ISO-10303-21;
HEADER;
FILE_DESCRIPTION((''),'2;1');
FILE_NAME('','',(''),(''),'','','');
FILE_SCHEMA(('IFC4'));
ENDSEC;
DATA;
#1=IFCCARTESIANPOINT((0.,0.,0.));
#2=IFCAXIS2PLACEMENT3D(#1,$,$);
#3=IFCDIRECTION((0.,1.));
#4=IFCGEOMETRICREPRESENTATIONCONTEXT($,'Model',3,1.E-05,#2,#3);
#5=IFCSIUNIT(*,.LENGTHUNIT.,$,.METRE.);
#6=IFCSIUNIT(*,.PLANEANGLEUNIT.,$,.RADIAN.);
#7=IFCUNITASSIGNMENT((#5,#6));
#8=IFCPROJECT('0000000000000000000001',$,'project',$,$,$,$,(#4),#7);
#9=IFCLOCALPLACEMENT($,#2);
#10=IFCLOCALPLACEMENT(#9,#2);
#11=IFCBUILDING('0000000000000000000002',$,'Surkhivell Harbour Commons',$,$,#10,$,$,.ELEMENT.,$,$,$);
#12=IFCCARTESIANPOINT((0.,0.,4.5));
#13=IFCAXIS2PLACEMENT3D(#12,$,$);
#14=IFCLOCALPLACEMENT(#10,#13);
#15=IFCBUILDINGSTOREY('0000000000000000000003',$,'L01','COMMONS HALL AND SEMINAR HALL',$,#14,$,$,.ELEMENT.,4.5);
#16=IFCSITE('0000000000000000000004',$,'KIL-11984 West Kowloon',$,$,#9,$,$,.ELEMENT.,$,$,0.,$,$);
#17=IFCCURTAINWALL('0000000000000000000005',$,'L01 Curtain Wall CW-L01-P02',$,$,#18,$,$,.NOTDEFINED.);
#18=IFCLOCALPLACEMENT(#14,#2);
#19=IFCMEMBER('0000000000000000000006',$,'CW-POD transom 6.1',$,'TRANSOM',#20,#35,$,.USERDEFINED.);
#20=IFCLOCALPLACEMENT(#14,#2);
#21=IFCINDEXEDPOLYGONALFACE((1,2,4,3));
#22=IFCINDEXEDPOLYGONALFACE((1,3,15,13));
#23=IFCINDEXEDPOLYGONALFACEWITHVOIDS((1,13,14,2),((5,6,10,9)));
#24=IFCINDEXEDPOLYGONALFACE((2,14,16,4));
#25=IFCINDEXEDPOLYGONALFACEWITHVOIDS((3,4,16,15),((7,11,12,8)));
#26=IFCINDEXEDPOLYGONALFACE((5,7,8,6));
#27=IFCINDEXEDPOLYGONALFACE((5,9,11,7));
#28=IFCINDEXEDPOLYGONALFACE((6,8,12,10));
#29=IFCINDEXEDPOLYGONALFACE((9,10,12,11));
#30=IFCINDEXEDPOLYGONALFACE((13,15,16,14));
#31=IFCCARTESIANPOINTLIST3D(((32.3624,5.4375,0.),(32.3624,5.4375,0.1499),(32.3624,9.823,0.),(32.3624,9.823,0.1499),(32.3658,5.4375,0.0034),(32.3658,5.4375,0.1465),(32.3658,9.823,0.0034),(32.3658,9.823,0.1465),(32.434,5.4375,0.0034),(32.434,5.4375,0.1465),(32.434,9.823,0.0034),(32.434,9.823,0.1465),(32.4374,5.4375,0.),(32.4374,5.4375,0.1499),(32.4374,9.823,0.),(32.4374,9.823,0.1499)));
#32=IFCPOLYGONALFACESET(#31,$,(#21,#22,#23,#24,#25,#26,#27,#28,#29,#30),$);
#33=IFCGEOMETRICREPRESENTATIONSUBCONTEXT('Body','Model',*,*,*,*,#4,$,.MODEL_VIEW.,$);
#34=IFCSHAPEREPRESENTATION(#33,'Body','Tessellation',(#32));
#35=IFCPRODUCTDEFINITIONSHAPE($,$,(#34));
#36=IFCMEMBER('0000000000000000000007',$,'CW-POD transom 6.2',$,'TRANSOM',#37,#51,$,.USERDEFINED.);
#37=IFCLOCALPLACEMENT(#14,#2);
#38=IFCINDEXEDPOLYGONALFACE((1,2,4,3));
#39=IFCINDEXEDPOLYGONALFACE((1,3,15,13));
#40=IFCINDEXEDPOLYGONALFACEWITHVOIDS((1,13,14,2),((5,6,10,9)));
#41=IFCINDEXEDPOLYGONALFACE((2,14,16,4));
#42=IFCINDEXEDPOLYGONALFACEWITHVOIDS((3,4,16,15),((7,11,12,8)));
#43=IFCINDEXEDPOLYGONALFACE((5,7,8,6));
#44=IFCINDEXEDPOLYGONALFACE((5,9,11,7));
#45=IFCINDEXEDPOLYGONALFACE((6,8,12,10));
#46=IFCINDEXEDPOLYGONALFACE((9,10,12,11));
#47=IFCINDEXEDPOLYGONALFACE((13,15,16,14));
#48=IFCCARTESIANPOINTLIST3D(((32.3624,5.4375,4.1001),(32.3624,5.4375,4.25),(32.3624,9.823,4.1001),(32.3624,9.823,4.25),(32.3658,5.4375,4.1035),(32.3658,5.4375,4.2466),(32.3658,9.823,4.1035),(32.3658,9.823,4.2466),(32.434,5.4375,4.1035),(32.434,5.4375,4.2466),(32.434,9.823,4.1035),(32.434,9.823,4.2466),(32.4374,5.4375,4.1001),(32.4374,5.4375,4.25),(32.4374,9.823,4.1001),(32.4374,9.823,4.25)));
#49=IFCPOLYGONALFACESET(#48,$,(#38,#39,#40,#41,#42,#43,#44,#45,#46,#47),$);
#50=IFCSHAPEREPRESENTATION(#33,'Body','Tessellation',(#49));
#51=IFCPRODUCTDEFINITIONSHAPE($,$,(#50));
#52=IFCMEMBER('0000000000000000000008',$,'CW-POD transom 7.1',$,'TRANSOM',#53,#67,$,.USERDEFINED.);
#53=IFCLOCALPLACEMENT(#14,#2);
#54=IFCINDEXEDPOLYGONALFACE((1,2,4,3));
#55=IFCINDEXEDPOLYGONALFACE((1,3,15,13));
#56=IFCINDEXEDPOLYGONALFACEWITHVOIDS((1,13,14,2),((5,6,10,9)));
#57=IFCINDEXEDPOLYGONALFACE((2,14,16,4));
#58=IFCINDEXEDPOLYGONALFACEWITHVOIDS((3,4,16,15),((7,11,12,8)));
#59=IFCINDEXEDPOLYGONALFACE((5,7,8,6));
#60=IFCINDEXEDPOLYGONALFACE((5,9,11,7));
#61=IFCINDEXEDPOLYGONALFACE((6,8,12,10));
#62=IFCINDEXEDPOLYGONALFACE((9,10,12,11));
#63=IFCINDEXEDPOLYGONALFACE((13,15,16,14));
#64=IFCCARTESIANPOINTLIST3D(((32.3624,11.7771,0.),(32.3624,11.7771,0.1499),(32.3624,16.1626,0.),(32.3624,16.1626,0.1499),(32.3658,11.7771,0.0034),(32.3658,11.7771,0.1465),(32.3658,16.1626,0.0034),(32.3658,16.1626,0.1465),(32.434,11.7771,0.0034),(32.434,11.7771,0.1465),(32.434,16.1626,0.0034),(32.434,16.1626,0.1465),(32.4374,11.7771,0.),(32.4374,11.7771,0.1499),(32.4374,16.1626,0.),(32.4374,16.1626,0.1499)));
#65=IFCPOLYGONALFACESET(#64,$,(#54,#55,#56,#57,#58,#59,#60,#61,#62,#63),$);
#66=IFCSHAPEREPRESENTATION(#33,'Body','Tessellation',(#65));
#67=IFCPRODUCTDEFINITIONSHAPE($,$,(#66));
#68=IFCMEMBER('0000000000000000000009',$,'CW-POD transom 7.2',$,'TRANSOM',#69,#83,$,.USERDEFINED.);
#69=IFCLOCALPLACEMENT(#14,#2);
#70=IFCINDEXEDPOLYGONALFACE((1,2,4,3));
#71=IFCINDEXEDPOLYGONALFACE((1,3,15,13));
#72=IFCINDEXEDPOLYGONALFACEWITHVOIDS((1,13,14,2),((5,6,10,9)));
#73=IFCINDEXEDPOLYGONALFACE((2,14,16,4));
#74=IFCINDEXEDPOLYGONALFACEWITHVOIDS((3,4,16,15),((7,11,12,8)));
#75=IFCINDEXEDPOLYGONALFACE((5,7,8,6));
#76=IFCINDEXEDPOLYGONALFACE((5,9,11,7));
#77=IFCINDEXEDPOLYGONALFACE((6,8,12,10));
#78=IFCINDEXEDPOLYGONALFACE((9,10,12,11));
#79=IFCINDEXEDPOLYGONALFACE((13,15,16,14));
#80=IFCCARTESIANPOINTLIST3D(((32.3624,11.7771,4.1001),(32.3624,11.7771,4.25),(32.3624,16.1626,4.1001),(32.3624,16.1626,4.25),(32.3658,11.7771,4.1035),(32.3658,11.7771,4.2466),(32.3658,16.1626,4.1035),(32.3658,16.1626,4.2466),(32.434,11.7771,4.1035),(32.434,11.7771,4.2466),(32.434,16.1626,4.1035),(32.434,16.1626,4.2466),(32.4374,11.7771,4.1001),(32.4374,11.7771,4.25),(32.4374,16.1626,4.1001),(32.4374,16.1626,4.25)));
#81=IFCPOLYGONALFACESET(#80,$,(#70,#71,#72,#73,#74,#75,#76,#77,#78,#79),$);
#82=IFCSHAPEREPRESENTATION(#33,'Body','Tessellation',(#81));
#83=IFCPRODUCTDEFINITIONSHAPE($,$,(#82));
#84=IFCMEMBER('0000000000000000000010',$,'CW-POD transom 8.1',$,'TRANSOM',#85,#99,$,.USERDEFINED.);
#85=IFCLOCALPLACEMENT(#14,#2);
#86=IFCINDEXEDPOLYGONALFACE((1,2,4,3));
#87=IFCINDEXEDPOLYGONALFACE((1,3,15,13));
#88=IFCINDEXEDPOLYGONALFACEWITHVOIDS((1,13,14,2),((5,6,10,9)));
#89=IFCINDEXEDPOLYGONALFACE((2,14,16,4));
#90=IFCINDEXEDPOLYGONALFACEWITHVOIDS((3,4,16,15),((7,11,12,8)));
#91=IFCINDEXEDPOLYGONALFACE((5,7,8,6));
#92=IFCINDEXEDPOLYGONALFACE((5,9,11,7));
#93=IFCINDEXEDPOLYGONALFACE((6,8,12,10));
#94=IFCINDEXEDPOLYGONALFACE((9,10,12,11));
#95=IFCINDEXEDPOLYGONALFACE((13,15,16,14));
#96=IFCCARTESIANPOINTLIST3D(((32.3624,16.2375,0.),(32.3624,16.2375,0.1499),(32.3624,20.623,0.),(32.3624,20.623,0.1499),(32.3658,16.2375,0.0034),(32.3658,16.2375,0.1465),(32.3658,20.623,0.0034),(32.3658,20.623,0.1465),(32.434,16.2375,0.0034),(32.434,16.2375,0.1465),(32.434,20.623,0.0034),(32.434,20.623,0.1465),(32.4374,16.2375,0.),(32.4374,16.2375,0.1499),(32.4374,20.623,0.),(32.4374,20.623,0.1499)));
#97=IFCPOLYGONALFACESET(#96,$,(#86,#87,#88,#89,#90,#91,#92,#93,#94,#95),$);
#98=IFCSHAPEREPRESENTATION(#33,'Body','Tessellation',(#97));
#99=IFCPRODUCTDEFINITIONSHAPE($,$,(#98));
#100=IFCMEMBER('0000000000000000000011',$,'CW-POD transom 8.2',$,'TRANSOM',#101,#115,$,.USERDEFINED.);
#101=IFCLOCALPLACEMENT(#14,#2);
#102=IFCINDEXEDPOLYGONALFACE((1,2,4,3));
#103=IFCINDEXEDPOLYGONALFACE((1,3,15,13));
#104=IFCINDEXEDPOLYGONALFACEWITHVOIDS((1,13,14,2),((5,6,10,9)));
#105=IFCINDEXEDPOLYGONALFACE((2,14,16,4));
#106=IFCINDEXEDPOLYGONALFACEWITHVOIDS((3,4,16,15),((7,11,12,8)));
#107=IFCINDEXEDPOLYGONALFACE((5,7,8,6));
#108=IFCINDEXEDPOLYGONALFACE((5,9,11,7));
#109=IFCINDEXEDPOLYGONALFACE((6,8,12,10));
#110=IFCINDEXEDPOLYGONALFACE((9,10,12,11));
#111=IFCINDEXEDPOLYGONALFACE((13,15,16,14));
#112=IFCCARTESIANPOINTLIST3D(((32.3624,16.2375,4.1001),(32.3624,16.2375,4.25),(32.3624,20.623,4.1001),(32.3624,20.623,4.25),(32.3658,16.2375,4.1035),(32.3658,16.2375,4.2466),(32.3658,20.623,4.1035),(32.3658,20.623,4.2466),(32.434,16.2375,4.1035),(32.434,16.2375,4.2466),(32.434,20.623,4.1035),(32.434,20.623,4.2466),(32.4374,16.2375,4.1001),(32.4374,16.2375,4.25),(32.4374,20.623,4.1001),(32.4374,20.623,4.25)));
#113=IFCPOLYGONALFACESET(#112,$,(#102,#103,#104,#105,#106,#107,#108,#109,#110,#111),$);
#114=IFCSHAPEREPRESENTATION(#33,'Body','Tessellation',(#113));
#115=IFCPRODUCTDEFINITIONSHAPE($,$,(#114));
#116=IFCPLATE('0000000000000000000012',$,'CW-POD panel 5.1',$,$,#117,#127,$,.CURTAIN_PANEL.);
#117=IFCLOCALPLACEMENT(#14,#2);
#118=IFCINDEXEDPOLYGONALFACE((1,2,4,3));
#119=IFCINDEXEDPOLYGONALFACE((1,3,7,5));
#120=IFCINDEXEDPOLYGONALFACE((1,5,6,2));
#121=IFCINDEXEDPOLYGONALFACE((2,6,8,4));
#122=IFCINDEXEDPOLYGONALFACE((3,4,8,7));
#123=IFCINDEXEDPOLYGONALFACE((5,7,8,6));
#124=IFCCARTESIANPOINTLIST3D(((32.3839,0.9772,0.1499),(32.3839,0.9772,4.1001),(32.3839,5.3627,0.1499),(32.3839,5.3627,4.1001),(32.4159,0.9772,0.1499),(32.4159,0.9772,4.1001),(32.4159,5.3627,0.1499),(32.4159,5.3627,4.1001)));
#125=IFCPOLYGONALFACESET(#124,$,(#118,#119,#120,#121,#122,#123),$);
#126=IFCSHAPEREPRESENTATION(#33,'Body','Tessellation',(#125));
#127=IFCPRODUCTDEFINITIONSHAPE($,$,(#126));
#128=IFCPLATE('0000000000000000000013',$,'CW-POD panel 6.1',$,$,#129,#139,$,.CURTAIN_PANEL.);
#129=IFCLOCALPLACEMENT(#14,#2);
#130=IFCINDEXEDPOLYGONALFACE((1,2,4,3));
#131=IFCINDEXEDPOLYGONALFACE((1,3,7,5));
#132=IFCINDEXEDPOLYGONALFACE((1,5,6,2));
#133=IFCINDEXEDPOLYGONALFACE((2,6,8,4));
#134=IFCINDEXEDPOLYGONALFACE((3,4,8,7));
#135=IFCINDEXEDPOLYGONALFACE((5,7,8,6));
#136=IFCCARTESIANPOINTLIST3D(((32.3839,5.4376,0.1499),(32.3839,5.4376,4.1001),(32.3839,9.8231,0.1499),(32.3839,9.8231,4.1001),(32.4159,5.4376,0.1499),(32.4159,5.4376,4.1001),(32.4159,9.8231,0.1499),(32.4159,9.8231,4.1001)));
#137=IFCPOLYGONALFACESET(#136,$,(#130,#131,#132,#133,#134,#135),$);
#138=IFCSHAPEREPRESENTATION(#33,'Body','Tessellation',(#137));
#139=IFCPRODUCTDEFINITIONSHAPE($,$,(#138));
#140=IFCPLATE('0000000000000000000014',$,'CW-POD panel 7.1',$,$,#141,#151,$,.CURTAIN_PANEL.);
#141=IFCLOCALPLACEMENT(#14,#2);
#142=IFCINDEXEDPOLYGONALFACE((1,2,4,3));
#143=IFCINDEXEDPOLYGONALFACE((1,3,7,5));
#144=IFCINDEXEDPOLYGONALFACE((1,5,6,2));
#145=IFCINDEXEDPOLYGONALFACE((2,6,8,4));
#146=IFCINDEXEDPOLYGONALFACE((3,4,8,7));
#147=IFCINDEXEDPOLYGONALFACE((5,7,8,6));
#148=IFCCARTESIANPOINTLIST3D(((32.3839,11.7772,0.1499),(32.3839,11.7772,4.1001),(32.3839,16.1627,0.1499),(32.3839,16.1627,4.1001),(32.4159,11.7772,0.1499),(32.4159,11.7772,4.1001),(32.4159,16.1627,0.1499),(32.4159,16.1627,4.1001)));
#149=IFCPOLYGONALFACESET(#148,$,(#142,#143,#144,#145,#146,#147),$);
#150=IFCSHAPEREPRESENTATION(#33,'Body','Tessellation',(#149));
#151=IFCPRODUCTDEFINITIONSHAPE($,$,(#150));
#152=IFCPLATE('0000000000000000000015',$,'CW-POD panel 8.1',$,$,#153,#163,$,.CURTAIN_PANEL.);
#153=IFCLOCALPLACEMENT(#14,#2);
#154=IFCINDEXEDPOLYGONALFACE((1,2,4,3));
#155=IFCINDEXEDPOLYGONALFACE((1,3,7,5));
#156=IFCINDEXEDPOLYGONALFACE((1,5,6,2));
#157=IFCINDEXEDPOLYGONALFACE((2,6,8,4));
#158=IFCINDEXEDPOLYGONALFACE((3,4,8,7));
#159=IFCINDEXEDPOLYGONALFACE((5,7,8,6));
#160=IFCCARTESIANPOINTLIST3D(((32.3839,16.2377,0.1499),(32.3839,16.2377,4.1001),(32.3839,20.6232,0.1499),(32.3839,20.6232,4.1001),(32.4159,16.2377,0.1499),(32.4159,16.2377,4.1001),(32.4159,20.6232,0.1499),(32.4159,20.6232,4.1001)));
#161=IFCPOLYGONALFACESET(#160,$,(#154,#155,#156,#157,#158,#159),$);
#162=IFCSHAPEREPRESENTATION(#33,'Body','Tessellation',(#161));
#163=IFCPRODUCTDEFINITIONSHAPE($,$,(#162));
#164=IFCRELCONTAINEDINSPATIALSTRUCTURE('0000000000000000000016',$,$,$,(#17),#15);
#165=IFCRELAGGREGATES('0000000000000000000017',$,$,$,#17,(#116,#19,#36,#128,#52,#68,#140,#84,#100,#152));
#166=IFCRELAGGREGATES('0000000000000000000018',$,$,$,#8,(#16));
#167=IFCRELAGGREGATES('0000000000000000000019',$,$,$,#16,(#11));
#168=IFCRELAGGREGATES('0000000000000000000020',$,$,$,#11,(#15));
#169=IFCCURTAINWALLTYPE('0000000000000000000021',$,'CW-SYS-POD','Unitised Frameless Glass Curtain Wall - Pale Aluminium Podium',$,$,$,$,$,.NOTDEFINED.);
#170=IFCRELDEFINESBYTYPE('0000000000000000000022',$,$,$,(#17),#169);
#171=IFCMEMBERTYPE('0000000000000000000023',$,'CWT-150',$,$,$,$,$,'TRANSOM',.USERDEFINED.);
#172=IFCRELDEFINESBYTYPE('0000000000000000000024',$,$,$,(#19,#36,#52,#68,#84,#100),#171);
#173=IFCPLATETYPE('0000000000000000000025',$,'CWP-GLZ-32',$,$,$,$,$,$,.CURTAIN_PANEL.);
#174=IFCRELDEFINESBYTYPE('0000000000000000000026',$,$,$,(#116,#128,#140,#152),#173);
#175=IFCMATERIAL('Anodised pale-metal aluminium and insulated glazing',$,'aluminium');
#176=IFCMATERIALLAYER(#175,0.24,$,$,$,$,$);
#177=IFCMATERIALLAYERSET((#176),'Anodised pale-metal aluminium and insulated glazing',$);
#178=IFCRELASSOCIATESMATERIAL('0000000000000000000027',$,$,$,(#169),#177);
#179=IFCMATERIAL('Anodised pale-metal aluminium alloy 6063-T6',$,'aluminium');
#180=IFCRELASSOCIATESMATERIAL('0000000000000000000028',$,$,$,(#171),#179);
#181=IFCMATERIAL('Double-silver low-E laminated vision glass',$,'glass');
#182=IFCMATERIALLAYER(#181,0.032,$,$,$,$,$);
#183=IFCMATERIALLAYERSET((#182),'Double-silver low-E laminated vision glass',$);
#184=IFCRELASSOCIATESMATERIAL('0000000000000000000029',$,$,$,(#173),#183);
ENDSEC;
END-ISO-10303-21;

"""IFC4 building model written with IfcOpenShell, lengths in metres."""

from ifc_helpers import new_model, si_unit, direction, frame, frame_2d, origin, origin_2d, place, context, subcontext, project, spatial, rectangle, hollow_rectangle, extrude, material, layer, layer_set, material_profile, profile_set, type_object, element, aggregate, save


model = new_model("IFC4")

# Units and contexts
model_context = context("Model", 3, precision=1e-05, world=origin(), true_north=direction((0.0, 1.0)))
body_context = subcontext(model_context, "Body", "Model", "MODEL_VIEW")
ifc_project = project(units=[si_unit("LENGTHUNIT", "METRE"), si_unit("PLANEANGLEUNIT", "RADIAN")], contexts=[model_context])

# Site, building, storey
site_placement = place(None, origin())
site = spatial("IfcSite", under=ifc_project, at=site_placement, Name="KIL-11984 West Kowloon", CompositionType="ELEMENT", RefElevation=0.0)
building_placement = place(site_placement, origin())
building = spatial("IfcBuilding", under=site, at=building_placement, Name="Surkhivell Harbour Commons", CompositionType="ELEMENT")
storey_placement = place(building_placement, frame((0.0, 0.0, 4.5)))
storey = spatial("IfcBuildingStorey", under=building, at=storey_placement, Name="L01", Description="COMMONS HALL AND SEMINAR HALL", CompositionType="ELEMENT", Elevation=4.5)

# Curtain wall
ifc_material_1 = material(Name="Anodised pale-metal aluminium and insulated glazing", Category="aluminium")
ifc_layer_1 = layer(ifc_material_1, 0.24)
ifc_layer_set_1 = layer_set([ifc_layer_1], Name="Anodised pale-metal aluminium and insulated glazing")
curtain_wall_type = type_object("IfcCurtainWallType", Name="CW-SYS-POD", Description="Unitised Frameless Glass Curtain Wall - Pale Aluminium Podium", PredefinedType="NOTDEFINED", material=ifc_layer_set_1)
curtain_wall_1_placement = place(storey_placement, origin())
curtain_wall_1 = element("IfcCurtainWall", 1, at=curtain_wall_1_placement, inside=storey, type_object=curtain_wall_type, Name="L01 Curtain Wall CW-L01-P02", PredefinedType="NOTDEFINED")
ifc_material_2 = material(Name="Anodised pale-metal aluminium alloy 6063-T6", Category="aluminium")

# Members
ifc_material_profile_1 = material_profile(ifc_material_2, hollow_rectangle(XDim=0.075, YDim=0.1499, WallThickness=0.0034, at=origin_2d()), Name="ALU-TRAN-75x150")
ifc_profile_set_1 = profile_set([ifc_material_profile_1], Name="Anodised pale-metal aluminium alloy 6063-T6")
member_type_1 = type_object("IfcMemberType", Name="CWT-150", ElementType="TRANSOM", PredefinedType="USERDEFINED", material=ifc_profile_set_1)
member_1_placement = place(storey_placement, frame((32.3999, 5.4375, 0.075), z_axis=(0.0, 1.0, 0.0), x_axis=(-1.0, 0.0, 0.0)))
member_1 = element("IfcMember", 2, at=member_1_placement, type_object=member_type_1, Name="CW-POD transom 6.1", ObjectType="TRANSOM", PredefinedType="USERDEFINED", context=body_context, shape_type="SweptSolid", body=[
    extrude(hollow_rectangle(XDim=0.075, YDim=0.1499, WallThickness=0.0034, at=origin_2d()), origin(), (0.0, 0.0, 1.0), 4.3855),
])
member_2_placement = place(storey_placement, frame((32.3999, 5.4375, 4.175), z_axis=(0.0, 1.0, 0.0), x_axis=(-1.0, 0.0, 0.0)))
member_2 = element("IfcMember", 3, at=member_2_placement, type_object=member_type_1, Name="CW-POD transom 6.2", ObjectType="TRANSOM", PredefinedType="USERDEFINED", context=body_context, shape_type="SweptSolid", body=[
    extrude(hollow_rectangle(XDim=0.075, YDim=0.1499, WallThickness=0.0034, at=origin_2d()), origin(), (0.0, 0.0, 1.0), 4.3855),
])
member_3_placement = place(storey_placement, frame((32.3999, 11.7771, 0.075), z_axis=(0.0, 1.0, 0.0), x_axis=(-1.0, 0.0, 0.0)))
member_3 = element("IfcMember", 4, at=member_3_placement, type_object=member_type_1, Name="CW-POD transom 7.1", ObjectType="TRANSOM", PredefinedType="USERDEFINED", context=body_context, shape_type="SweptSolid", body=[
    extrude(hollow_rectangle(XDim=0.075, YDim=0.1499, WallThickness=0.0034, at=origin_2d()), origin(), (0.0, 0.0, 1.0), 4.3855),
])
member_4_placement = place(storey_placement, frame((32.3999, 11.7771, 4.175), z_axis=(0.0, 1.0, 0.0), x_axis=(-1.0, 0.0, 0.0)))
member_4 = element("IfcMember", 5, at=member_4_placement, type_object=member_type_1, Name="CW-POD transom 7.2", ObjectType="TRANSOM", PredefinedType="USERDEFINED", context=body_context, shape_type="SweptSolid", body=[
    extrude(hollow_rectangle(XDim=0.075, YDim=0.1499, WallThickness=0.0034, at=origin_2d()), origin(), (0.0, 0.0, 1.0), 4.3855),
])
member_5_placement = place(storey_placement, frame((32.3999, 16.2375, 0.075), z_axis=(0.0, 1.0, 0.0), x_axis=(-1.0, 0.0, 0.0)))
member_5 = element("IfcMember", 6, at=member_5_placement, type_object=member_type_1, Name="CW-POD transom 8.1", ObjectType="TRANSOM", PredefinedType="USERDEFINED", context=body_context, shape_type="SweptSolid", body=[
    extrude(hollow_rectangle(XDim=0.075, YDim=0.1499, WallThickness=0.0034, at=origin_2d()), origin(), (0.0, 0.0, 1.0), 4.3855),
])
member_6_placement = place(storey_placement, frame((32.3999, 16.2375, 4.175), z_axis=(0.0, 1.0, 0.0), x_axis=(-1.0, 0.0, 0.0)))
member_6 = element("IfcMember", 7, at=member_6_placement, type_object=member_type_1, Name="CW-POD transom 8.2", ObjectType="TRANSOM", PredefinedType="USERDEFINED", context=body_context, shape_type="SweptSolid", body=[
    extrude(hollow_rectangle(XDim=0.075, YDim=0.1499, WallThickness=0.0034, at=origin_2d()), origin(), (0.0, 0.0, 1.0), 4.3855),
])

# Plates
ifc_material_3 = material(Name="Double-silver low-E laminated vision glass", Category="glass")
ifc_layer_2 = layer(ifc_material_3, 0.032)
ifc_layer_set_2 = layer_set([ifc_layer_2], Name="Double-silver low-E laminated vision glass")
plate_type = type_object("IfcPlateType", Name="CWP-GLZ-32", PredefinedType="CURTAIN_PANEL", material=ifc_layer_set_2)
plate_1_placement = place(storey_placement, frame((32.3999, 0.9771, 0.1499), z_axis=(0.0, 0.0, 1.0), x_axis=(0.0, 1.0, 0.0)))
plate_1 = element("IfcPlate", 8, at=plate_1_placement, type_object=plate_type, Name="CW-POD panel 5.1", PredefinedType="CURTAIN_PANEL", context=body_context, shape_type="SweptSolid", body=[
    extrude(rectangle(XDim=4.3855, YDim=0.032, at=frame_2d((2.1929, 0.0))), origin(), (0.0, 0.0, 1.0), 3.9502),
])
plate_2_placement = place(storey_placement, frame((32.3999, 5.4375, 0.1499), z_axis=(0.0, 0.0, 1.0), x_axis=(0.0, 1.0, 0.0)))
plate_2 = element("IfcPlate", 9, at=plate_2_placement, type_object=plate_type, Name="CW-POD panel 6.1", PredefinedType="CURTAIN_PANEL", context=body_context, shape_type="SweptSolid", body=[
    extrude(rectangle(XDim=4.3855, YDim=0.032, at=frame_2d((2.1929, 0.0))), origin(), (0.0, 0.0, 1.0), 3.9502),
])
plate_3_placement = place(storey_placement, frame((32.3999, 11.7771, 0.1499), z_axis=(0.0, 0.0, 1.0), x_axis=(0.0, 1.0, 0.0)))
plate_3 = element("IfcPlate", 10, at=plate_3_placement, type_object=plate_type, Name="CW-POD panel 7.1", PredefinedType="CURTAIN_PANEL", context=body_context, shape_type="SweptSolid", body=[
    extrude(rectangle(XDim=4.3855, YDim=0.032, at=frame_2d((2.1929, 0.0))), origin(), (0.0, 0.0, 1.0), 3.9502),
])
plate_4_placement = place(storey_placement, frame((32.3999, 16.2375, 0.1499), z_axis=(0.0, 0.0, 1.0), x_axis=(0.0, 1.0, 0.0)))
plate_4 = element("IfcPlate", 11, at=plate_4_placement, type_object=plate_type, Name="CW-POD panel 8.1", PredefinedType="CURTAIN_PANEL", context=body_context, shape_type="SweptSolid", body=[
    extrude(rectangle(XDim=4.3855, YDim=0.032, at=frame_2d((2.1929, 0.0))), origin(), (0.0, 0.0, 1.0), 3.9502),
])
aggregate(curtain_wall_1, [plate_1, member_1, member_2, plate_2, member_3, member_4, plate_3, member_5, member_6, plate_4])

save(model, "model.ifc")
